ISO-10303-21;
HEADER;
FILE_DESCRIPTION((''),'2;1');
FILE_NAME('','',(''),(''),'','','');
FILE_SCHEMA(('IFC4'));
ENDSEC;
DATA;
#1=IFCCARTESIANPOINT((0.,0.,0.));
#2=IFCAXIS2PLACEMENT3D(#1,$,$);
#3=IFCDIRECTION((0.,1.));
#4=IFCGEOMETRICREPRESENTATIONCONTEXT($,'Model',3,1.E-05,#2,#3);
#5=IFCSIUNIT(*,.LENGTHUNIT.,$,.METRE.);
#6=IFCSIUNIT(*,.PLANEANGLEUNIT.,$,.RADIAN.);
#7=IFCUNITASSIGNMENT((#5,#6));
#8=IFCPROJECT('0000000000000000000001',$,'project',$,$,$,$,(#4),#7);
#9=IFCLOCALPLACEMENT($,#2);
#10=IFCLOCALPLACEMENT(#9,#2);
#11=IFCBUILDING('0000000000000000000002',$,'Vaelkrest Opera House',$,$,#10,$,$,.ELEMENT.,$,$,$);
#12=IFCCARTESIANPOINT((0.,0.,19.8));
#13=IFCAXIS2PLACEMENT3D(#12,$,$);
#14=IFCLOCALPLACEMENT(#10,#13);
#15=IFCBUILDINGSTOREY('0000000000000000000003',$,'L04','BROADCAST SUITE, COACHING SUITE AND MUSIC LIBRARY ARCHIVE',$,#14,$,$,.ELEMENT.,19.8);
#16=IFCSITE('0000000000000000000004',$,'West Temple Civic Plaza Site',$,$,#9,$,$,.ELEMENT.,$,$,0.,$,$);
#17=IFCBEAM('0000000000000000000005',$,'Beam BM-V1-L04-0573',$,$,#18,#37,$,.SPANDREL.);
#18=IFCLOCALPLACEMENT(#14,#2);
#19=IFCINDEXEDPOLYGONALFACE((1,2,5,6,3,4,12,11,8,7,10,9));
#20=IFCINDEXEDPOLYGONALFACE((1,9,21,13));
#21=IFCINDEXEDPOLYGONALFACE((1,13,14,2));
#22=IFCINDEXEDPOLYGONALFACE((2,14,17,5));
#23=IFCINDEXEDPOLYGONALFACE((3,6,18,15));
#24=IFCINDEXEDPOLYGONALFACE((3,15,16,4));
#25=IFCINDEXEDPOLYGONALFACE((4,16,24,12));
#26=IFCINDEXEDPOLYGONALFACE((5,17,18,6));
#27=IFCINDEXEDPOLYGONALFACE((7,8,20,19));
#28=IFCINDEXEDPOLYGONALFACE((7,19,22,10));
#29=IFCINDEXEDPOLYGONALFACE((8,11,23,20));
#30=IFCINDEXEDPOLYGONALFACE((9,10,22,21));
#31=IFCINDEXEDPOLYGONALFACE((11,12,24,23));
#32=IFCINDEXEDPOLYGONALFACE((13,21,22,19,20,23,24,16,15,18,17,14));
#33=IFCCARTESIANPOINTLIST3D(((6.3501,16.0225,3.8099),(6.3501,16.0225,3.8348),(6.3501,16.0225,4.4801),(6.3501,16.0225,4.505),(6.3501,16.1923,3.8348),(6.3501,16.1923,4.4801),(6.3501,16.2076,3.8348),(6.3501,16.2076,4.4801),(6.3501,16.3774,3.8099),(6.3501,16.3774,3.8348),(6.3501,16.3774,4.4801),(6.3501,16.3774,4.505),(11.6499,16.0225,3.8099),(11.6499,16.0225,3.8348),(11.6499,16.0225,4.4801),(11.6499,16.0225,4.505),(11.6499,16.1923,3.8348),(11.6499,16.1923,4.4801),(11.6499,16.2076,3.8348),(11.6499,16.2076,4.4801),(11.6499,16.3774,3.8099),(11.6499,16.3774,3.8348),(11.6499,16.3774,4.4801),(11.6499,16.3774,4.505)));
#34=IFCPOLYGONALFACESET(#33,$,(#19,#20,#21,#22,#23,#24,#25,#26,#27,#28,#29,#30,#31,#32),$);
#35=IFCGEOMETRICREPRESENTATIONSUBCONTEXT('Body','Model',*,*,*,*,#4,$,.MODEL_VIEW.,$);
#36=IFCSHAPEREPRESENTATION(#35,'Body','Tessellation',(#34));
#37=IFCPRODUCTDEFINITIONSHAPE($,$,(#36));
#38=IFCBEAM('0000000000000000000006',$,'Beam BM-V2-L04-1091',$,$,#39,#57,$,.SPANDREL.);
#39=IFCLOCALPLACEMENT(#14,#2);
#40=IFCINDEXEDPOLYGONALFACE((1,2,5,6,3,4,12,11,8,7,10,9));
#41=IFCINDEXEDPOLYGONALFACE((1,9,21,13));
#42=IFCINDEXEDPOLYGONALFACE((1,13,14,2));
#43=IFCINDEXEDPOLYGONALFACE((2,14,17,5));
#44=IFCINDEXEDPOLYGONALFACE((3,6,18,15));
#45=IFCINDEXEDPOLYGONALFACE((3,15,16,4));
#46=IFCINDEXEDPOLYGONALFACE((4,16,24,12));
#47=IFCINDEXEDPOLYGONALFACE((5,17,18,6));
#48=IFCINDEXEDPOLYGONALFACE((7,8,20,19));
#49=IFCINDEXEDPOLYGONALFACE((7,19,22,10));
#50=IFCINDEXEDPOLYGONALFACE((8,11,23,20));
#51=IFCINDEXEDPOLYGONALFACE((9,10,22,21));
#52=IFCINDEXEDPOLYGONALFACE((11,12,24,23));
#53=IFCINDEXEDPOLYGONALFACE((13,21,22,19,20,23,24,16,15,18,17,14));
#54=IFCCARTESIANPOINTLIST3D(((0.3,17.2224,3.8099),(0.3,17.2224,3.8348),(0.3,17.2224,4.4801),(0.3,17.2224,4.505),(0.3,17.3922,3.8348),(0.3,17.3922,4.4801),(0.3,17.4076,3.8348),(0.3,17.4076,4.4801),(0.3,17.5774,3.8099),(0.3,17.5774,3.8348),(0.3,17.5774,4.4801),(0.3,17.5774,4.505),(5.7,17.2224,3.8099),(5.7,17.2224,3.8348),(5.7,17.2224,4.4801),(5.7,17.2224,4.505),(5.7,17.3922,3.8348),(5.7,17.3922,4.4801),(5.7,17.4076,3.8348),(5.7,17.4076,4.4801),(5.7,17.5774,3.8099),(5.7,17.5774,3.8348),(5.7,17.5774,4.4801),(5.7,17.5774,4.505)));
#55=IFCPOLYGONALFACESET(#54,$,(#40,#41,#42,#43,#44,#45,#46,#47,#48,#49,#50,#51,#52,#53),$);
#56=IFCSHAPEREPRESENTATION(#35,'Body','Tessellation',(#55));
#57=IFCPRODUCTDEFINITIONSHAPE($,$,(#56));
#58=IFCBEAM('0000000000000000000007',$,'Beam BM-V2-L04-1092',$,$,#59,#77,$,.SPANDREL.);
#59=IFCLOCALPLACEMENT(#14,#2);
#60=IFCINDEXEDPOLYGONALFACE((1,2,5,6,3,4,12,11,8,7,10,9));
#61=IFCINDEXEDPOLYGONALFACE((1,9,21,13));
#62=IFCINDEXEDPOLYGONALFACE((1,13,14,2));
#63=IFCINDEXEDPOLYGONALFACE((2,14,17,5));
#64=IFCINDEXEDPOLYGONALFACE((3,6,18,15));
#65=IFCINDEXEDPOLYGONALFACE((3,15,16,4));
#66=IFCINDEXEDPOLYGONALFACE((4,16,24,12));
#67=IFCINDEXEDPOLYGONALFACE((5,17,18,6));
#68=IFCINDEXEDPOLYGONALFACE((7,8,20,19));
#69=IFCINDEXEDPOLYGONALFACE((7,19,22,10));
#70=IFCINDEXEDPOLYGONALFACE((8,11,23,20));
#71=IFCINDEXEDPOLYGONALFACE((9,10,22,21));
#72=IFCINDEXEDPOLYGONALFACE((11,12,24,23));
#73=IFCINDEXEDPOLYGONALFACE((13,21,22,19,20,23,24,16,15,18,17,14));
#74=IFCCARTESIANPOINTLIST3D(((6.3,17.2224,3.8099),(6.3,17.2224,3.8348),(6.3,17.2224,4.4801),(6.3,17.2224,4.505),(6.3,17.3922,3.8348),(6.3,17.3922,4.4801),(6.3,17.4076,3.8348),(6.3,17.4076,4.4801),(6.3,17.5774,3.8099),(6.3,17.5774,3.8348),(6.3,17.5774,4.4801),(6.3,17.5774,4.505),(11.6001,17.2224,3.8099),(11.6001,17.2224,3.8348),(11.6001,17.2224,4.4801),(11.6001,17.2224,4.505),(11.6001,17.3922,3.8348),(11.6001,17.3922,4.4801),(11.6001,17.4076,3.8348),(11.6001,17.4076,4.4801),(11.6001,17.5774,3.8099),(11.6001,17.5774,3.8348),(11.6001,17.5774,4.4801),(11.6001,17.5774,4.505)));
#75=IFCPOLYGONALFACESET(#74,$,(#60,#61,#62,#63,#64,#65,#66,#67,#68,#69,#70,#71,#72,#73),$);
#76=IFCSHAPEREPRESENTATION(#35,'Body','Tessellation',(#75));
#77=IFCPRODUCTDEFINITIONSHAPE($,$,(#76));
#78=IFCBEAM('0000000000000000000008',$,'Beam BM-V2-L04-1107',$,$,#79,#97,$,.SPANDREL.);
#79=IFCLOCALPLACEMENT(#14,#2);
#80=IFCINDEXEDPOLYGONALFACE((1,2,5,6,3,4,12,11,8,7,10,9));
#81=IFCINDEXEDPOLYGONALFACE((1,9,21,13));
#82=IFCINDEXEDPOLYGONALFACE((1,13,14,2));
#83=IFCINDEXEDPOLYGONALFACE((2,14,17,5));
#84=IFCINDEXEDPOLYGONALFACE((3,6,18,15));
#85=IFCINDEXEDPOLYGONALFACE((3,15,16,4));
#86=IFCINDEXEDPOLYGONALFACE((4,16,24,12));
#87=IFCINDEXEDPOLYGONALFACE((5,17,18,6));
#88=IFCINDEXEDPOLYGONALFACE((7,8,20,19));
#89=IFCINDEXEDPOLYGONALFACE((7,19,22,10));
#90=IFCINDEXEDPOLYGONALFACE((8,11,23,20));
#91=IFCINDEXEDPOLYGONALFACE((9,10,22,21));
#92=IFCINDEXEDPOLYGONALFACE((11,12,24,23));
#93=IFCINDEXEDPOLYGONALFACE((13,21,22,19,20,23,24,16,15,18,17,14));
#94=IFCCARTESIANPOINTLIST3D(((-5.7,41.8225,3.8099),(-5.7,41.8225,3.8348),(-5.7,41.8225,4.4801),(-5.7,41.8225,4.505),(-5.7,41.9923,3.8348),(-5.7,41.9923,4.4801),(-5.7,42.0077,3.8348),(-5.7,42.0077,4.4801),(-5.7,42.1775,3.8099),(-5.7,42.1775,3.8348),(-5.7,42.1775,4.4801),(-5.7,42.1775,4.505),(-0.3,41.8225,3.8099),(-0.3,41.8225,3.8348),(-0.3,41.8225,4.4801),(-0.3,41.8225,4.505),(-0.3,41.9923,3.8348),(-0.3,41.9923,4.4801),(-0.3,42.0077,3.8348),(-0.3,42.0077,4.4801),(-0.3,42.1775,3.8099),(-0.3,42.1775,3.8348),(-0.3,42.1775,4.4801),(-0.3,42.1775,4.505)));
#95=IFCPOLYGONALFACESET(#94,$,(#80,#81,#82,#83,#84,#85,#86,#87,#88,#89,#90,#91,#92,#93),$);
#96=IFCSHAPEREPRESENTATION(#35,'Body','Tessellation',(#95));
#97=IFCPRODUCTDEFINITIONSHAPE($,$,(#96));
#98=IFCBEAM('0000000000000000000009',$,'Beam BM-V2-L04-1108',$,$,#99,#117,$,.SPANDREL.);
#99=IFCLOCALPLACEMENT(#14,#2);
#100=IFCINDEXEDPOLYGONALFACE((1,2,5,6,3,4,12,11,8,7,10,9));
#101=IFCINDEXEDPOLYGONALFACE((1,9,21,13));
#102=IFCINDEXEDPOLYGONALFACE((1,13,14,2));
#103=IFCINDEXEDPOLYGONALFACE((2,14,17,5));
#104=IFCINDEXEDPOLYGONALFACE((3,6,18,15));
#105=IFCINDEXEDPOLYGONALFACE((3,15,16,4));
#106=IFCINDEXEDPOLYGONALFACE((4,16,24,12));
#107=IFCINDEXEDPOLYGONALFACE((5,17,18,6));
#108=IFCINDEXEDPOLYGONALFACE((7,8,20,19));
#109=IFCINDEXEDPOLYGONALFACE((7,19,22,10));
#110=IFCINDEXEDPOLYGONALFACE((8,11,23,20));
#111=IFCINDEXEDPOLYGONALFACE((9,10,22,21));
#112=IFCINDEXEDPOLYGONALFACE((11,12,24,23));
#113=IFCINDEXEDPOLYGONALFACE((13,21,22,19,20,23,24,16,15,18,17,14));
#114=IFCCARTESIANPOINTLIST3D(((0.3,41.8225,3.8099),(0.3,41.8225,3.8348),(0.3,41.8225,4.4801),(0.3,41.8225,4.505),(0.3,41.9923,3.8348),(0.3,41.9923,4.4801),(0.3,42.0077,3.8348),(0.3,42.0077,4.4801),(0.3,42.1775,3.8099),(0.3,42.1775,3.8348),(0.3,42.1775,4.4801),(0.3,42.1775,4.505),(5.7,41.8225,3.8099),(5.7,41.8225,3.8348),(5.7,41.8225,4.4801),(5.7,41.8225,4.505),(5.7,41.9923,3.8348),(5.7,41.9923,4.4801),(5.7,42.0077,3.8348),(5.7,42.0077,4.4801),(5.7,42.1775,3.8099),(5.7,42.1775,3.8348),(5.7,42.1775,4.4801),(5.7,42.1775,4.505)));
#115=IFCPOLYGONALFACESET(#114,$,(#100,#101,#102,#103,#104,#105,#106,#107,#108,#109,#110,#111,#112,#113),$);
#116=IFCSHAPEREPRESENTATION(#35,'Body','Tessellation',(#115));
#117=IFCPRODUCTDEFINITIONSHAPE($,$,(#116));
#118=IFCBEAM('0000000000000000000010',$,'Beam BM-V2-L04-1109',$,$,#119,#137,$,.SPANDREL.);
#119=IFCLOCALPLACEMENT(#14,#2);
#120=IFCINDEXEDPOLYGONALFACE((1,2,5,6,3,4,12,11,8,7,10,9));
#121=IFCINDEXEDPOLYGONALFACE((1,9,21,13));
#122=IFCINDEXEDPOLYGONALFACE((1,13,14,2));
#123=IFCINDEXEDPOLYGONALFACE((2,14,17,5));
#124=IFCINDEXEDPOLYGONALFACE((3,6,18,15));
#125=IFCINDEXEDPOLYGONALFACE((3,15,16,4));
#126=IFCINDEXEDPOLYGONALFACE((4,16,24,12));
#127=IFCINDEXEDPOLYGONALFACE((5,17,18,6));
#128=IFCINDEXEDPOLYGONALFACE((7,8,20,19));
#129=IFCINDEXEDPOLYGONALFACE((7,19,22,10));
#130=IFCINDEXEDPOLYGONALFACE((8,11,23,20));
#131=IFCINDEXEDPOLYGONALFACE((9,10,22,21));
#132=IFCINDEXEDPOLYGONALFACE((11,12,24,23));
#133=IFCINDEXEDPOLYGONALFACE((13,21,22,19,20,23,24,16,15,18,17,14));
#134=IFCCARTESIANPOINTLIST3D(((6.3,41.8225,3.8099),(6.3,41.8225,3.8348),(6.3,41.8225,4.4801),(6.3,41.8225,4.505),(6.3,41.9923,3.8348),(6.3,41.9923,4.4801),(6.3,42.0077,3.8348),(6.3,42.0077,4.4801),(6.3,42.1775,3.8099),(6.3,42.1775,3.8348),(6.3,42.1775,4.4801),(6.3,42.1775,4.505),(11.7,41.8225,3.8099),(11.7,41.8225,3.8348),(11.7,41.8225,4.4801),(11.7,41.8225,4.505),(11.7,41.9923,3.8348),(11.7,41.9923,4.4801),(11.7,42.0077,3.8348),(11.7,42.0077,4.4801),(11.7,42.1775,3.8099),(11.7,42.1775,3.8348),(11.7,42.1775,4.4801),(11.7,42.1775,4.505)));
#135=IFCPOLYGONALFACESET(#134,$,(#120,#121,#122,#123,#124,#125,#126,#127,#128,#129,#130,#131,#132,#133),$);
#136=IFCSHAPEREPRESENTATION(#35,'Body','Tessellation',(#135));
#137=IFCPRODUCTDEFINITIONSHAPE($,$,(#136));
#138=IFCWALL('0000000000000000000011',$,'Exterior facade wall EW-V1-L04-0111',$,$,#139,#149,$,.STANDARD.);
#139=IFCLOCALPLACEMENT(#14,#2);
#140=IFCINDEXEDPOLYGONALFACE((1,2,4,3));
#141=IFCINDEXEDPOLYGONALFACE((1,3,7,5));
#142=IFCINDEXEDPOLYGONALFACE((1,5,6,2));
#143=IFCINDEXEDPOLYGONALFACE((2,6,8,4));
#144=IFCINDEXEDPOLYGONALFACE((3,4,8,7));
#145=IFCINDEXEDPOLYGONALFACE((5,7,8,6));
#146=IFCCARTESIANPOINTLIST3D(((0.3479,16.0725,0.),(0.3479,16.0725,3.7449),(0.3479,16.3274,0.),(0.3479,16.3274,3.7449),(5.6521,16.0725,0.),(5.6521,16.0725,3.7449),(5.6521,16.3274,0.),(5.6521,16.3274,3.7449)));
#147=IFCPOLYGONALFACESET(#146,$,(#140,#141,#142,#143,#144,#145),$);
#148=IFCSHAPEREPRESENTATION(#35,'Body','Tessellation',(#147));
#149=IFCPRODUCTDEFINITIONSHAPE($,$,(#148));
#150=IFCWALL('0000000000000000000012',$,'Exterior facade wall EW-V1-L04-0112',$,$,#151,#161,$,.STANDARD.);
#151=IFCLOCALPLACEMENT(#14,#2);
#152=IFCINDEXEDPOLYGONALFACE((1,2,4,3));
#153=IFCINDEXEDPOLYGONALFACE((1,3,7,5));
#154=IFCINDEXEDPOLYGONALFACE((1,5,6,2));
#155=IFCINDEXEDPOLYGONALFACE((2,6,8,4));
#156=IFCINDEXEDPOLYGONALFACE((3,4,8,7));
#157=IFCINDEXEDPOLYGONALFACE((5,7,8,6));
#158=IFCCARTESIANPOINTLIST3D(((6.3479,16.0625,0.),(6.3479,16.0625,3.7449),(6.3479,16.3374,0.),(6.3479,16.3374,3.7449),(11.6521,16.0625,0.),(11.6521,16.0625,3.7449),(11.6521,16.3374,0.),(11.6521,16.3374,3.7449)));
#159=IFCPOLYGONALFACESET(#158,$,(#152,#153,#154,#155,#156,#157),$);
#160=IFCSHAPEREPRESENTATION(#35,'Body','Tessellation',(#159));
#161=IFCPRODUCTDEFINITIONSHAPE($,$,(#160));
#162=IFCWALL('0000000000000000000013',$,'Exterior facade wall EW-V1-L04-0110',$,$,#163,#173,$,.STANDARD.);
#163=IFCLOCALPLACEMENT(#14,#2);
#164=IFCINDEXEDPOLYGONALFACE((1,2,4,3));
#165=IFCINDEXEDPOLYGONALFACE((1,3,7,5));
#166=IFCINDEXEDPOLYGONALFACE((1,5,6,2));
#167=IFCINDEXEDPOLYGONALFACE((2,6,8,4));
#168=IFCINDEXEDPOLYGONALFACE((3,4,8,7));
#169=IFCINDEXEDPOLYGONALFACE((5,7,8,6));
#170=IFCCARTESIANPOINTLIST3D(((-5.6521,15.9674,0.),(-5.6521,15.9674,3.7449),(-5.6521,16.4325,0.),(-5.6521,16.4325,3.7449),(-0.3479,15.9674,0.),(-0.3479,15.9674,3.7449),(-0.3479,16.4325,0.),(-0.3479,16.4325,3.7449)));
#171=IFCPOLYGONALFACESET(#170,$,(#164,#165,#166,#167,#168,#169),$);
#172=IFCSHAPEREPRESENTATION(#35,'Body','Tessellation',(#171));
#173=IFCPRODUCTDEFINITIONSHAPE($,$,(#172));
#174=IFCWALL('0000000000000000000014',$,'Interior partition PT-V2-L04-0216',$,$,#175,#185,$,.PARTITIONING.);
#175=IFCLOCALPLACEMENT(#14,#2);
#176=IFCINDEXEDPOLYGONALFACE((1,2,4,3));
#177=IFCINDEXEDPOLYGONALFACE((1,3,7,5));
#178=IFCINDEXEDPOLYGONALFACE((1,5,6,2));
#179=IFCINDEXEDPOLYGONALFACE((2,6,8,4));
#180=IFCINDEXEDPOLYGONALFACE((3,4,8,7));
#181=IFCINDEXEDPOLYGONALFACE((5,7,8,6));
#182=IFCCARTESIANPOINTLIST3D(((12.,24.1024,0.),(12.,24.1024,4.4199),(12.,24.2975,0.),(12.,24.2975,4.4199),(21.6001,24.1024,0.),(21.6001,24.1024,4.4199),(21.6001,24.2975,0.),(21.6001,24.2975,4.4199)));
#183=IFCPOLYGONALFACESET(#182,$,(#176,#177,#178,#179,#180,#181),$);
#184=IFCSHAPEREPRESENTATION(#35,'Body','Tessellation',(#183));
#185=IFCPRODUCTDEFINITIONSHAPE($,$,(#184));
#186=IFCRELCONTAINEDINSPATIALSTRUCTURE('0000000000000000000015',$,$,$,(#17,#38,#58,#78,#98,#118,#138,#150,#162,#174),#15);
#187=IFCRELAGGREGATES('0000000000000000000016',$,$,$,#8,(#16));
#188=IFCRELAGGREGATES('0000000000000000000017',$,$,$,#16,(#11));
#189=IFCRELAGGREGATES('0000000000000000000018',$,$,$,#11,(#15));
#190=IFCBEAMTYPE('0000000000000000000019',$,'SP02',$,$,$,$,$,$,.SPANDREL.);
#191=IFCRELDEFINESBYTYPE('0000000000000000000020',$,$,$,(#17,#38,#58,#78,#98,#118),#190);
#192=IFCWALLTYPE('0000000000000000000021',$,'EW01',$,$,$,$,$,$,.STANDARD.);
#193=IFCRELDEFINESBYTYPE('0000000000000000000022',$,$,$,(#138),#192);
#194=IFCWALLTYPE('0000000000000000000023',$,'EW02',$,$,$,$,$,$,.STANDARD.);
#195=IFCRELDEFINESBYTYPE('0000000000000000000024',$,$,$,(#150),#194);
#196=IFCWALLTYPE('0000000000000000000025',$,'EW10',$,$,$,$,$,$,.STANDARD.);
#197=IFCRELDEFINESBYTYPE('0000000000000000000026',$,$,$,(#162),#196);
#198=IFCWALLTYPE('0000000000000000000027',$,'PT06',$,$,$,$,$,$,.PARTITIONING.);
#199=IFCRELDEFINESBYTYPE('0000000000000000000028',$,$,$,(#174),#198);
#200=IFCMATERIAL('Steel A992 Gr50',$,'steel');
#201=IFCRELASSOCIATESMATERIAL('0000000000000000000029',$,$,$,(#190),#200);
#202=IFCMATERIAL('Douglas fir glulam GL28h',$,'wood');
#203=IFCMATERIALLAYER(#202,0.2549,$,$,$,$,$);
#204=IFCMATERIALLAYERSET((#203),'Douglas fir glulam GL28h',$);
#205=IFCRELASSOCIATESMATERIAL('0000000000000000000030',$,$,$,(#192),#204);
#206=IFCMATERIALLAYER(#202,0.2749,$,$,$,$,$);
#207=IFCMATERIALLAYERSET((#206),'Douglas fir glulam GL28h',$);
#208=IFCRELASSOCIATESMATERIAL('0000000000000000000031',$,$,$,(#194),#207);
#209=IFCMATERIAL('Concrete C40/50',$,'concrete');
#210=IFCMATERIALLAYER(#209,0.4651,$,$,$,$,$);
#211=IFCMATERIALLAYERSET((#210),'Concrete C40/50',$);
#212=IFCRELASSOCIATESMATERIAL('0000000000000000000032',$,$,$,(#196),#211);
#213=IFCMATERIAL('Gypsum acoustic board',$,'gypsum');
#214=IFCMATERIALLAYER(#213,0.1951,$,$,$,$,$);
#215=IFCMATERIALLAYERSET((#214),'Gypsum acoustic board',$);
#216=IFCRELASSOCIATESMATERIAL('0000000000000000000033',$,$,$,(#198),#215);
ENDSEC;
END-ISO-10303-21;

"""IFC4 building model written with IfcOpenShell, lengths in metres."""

from ifc_helpers import new_model, si_unit, direction, frame, frame_2d, origin, origin_2d, place, context, subcontext, project, spatial, rectangle, i_section, extrude, material, layer, layer_set, material_profile, profile_set, type_object, element, save


model = new_model("IFC4")

# Units and contexts
model_context = context("Model", 3, precision=1e-05, world=origin(), true_north=direction((0.0, 1.0)))
body_context = subcontext(model_context, "Body", "Model", "MODEL_VIEW")
ifc_project = project(units=[si_unit("LENGTHUNIT", "METRE"), si_unit("PLANEANGLEUNIT", "RADIAN")], contexts=[model_context])

# Site, building, storey
site_placement = place(None, origin())
site = spatial("IfcSite", under=ifc_project, at=site_placement, Name="West Temple Civic Plaza Site", CompositionType="ELEMENT", RefElevation=0.0)
building_placement = place(site_placement, origin())
building = spatial("IfcBuilding", under=site, at=building_placement, Name="Vaelkrest Opera House", CompositionType="ELEMENT")
storey_placement = place(building_placement, frame((0.0, 0.0, 19.8)))
storey = spatial("IfcBuildingStorey", under=building, at=storey_placement, Name="L04", Description="BROADCAST SUITE, COACHING SUITE AND MUSIC LIBRARY ARCHIVE", CompositionType="ELEMENT", Elevation=19.8)

# Beams
ifc_material_1 = material(Name="Steel A992 Gr50", Category="steel")
ifc_material_profile_1 = material_profile(ifc_material_1, i_section(OverallWidth=0.355, OverallDepth=0.6951, WebThickness=0.0154, FlangeThickness=0.0249, at=origin_2d()), Name="W27X146")
ifc_profile_set_1 = profile_set([ifc_material_profile_1], Name="Steel A992 Gr50")
beam_type_1 = type_object("IfcBeamType", Name="SP02", PredefinedType="SPANDREL", material=ifc_profile_set_1)
for number, where, z_axis, x_axis, name in (
    (1, (6.3501, 16.2, 4.1575), (1.0, 0.0, 0.0), (0.0, 1.0, 0.0), "Beam BM-V1-L04-0573"),
):
    element("IfcBeam", number, at=place(storey_placement, frame(where, z_axis=z_axis, x_axis=x_axis)), inside=storey, type_object=beam_type_1, Name=name, PredefinedType="SPANDREL", context=body_context, shape_type="SweptSolid", body=[
        extrude(i_section(OverallWidth=0.355, OverallDepth=0.6951, WebThickness=0.0154, FlangeThickness=0.0249, at=origin_2d()), origin(), (0.0, 0.0, 1.0), 5.2998),
    ])
beam_1_placement = place(storey_placement, frame((0.3, 17.3999, 4.1575), z_axis=(1.0, 0.0, 0.0), x_axis=(0.0, 1.0, 0.0)))
element("IfcBeam", 2, at=beam_1_placement, inside=storey, type_object=beam_type_1, Name="Beam BM-V2-L04-1091", PredefinedType="SPANDREL", context=body_context, shape_type="SweptSolid", body=[
    extrude(i_section(OverallWidth=0.355, OverallDepth=0.6951, WebThickness=0.0154, FlangeThickness=0.0249, at=origin_2d()), origin(), (0.0, 0.0, 1.0), 5.3999),
])
beam_2_placement = place(storey_placement, frame((6.3, 17.3999, 4.1575), z_axis=(1.0, 0.0, 0.0), x_axis=(0.0, 1.0, 0.0)))
element("IfcBeam", 3, at=beam_2_placement, inside=storey, type_object=beam_type_1, Name="Beam BM-V2-L04-1092", PredefinedType="SPANDREL", context=body_context, shape_type="SweptSolid", body=[
    extrude(i_section(OverallWidth=0.355, OverallDepth=0.6951, WebThickness=0.0154, FlangeThickness=0.0249, at=origin_2d()), origin(), (0.0, 0.0, 1.0), 5.3),
])
for number, where, z_axis, x_axis, name in (
    (4, (-5.7, 42.0, 4.1575), (1.0, 0.0, 0.0), (0.0, 1.0, 0.0), "Beam BM-V2-L04-1107"),
    (5, (0.3, 42.0, 4.1575), (1.0, 0.0, 0.0), (0.0, 1.0, 0.0), "Beam BM-V2-L04-1108"),
    (6, (6.3, 42.0, 4.1575), (1.0, 0.0, 0.0), (0.0, 1.0, 0.0), "Beam BM-V2-L04-1109"),
):
    element("IfcBeam", number, at=place(storey_placement, frame(where, z_axis=z_axis, x_axis=x_axis)), inside=storey, type_object=beam_type_1, Name=name, PredefinedType="SPANDREL", context=body_context, shape_type="SweptSolid", body=[
        extrude(i_section(OverallWidth=0.355, OverallDepth=0.6951, WebThickness=0.0154, FlangeThickness=0.0249, at=origin_2d()), origin(), (0.0, 0.0, 1.0), 5.3999),
    ])

# Walls
ifc_material_2 = material(Name="Douglas fir glulam GL28h", Category="wood")
ifc_layer_1 = layer(ifc_material_2, 0.2549)
ifc_layer_set_1 = layer_set([ifc_layer_1], Name="Douglas fir glulam GL28h")
wall_type_1 = type_object("IfcWallType", Name="EW01", PredefinedType="STANDARD", material=ifc_layer_set_1)
wall_1_placement = place(storey_placement, frame((0.3479, 16.2, 0.0), z_axis=(0.0, 0.0, 1.0), x_axis=(1.0, 0.0, 0.0)))
element("IfcWall", 7, at=wall_1_placement, inside=storey, type_object=wall_type_1, Name="Exterior facade wall EW-V1-L04-0111", PredefinedType="STANDARD", context=body_context, shape_type="SweptSolid", body=[
    extrude(rectangle(XDim=5.3042, YDim=0.2549, at=frame_2d((2.6521, 0.0))), origin(), (0.0, 0.0, 1.0), 3.7449),
])
ifc_layer_2 = layer(ifc_material_2, 0.2749)
ifc_layer_set_2 = layer_set([ifc_layer_2], Name="Douglas fir glulam GL28h")
wall_type_2 = type_object("IfcWallType", Name="EW02", PredefinedType="STANDARD", material=ifc_layer_set_2)
wall_2_placement = place(storey_placement, frame((6.3479, 16.2, 0.0), z_axis=(0.0, 0.0, 1.0), x_axis=(1.0, 0.0, 0.0)))
element("IfcWall", 8, at=wall_2_placement, inside=storey, type_object=wall_type_2, Name="Exterior facade wall EW-V1-L04-0112", PredefinedType="STANDARD", context=body_context, shape_type="SweptSolid", body=[
    extrude(rectangle(XDim=5.3042, YDim=0.2749, at=frame_2d((2.6521, 0.0))), origin(), (0.0, 0.0, 1.0), 3.7449),
])
ifc_material_3 = material(Name="Concrete C40/50", Category="concrete")
ifc_layer_3 = layer(ifc_material_3, 0.4651)
ifc_layer_set_3 = layer_set([ifc_layer_3], Name="Concrete C40/50")
wall_type_3 = type_object("IfcWallType", Name="EW10", PredefinedType="STANDARD", material=ifc_layer_set_3)
wall_3_placement = place(storey_placement, frame((-5.6521, 16.2, 0.0), z_axis=(0.0, 0.0, 1.0), x_axis=(1.0, 0.0, 0.0)))
element("IfcWall", 9, at=wall_3_placement, inside=storey, type_object=wall_type_3, Name="Exterior facade wall EW-V1-L04-0110", PredefinedType="STANDARD", context=body_context, shape_type="SweptSolid", body=[
    extrude(rectangle(XDim=5.3042, YDim=0.4651, at=frame_2d((2.6521, 0.0))), origin(), (0.0, 0.0, 1.0), 3.7449),
])
ifc_material_4 = material(Name="Gypsum acoustic board", Category="gypsum")
ifc_layer_4 = layer(ifc_material_4, 0.1951)
ifc_layer_set_4 = layer_set([ifc_layer_4], Name="Gypsum acoustic board")
wall_type_4 = type_object("IfcWallType", Name="PT06", PredefinedType="PARTITIONING", material=ifc_layer_set_4)
wall_4_placement = place(storey_placement, frame((12.0, 24.2, 0.0), z_axis=(0.0, 0.0, 1.0), x_axis=(1.0, 0.0, 0.0)))
element("IfcWall", 10, at=wall_4_placement, inside=storey, type_object=wall_type_4, Name="Interior partition PT-V2-L04-0216", PredefinedType="PARTITIONING", context=body_context, shape_type="SweptSolid", body=[
    extrude(rectangle(XDim=9.6001, YDim=0.1951, at=frame_2d((4.8, 0.0))), origin(), (0.0, 0.0, 1.0), 4.4199),
])

save(model, "model.ifc")
